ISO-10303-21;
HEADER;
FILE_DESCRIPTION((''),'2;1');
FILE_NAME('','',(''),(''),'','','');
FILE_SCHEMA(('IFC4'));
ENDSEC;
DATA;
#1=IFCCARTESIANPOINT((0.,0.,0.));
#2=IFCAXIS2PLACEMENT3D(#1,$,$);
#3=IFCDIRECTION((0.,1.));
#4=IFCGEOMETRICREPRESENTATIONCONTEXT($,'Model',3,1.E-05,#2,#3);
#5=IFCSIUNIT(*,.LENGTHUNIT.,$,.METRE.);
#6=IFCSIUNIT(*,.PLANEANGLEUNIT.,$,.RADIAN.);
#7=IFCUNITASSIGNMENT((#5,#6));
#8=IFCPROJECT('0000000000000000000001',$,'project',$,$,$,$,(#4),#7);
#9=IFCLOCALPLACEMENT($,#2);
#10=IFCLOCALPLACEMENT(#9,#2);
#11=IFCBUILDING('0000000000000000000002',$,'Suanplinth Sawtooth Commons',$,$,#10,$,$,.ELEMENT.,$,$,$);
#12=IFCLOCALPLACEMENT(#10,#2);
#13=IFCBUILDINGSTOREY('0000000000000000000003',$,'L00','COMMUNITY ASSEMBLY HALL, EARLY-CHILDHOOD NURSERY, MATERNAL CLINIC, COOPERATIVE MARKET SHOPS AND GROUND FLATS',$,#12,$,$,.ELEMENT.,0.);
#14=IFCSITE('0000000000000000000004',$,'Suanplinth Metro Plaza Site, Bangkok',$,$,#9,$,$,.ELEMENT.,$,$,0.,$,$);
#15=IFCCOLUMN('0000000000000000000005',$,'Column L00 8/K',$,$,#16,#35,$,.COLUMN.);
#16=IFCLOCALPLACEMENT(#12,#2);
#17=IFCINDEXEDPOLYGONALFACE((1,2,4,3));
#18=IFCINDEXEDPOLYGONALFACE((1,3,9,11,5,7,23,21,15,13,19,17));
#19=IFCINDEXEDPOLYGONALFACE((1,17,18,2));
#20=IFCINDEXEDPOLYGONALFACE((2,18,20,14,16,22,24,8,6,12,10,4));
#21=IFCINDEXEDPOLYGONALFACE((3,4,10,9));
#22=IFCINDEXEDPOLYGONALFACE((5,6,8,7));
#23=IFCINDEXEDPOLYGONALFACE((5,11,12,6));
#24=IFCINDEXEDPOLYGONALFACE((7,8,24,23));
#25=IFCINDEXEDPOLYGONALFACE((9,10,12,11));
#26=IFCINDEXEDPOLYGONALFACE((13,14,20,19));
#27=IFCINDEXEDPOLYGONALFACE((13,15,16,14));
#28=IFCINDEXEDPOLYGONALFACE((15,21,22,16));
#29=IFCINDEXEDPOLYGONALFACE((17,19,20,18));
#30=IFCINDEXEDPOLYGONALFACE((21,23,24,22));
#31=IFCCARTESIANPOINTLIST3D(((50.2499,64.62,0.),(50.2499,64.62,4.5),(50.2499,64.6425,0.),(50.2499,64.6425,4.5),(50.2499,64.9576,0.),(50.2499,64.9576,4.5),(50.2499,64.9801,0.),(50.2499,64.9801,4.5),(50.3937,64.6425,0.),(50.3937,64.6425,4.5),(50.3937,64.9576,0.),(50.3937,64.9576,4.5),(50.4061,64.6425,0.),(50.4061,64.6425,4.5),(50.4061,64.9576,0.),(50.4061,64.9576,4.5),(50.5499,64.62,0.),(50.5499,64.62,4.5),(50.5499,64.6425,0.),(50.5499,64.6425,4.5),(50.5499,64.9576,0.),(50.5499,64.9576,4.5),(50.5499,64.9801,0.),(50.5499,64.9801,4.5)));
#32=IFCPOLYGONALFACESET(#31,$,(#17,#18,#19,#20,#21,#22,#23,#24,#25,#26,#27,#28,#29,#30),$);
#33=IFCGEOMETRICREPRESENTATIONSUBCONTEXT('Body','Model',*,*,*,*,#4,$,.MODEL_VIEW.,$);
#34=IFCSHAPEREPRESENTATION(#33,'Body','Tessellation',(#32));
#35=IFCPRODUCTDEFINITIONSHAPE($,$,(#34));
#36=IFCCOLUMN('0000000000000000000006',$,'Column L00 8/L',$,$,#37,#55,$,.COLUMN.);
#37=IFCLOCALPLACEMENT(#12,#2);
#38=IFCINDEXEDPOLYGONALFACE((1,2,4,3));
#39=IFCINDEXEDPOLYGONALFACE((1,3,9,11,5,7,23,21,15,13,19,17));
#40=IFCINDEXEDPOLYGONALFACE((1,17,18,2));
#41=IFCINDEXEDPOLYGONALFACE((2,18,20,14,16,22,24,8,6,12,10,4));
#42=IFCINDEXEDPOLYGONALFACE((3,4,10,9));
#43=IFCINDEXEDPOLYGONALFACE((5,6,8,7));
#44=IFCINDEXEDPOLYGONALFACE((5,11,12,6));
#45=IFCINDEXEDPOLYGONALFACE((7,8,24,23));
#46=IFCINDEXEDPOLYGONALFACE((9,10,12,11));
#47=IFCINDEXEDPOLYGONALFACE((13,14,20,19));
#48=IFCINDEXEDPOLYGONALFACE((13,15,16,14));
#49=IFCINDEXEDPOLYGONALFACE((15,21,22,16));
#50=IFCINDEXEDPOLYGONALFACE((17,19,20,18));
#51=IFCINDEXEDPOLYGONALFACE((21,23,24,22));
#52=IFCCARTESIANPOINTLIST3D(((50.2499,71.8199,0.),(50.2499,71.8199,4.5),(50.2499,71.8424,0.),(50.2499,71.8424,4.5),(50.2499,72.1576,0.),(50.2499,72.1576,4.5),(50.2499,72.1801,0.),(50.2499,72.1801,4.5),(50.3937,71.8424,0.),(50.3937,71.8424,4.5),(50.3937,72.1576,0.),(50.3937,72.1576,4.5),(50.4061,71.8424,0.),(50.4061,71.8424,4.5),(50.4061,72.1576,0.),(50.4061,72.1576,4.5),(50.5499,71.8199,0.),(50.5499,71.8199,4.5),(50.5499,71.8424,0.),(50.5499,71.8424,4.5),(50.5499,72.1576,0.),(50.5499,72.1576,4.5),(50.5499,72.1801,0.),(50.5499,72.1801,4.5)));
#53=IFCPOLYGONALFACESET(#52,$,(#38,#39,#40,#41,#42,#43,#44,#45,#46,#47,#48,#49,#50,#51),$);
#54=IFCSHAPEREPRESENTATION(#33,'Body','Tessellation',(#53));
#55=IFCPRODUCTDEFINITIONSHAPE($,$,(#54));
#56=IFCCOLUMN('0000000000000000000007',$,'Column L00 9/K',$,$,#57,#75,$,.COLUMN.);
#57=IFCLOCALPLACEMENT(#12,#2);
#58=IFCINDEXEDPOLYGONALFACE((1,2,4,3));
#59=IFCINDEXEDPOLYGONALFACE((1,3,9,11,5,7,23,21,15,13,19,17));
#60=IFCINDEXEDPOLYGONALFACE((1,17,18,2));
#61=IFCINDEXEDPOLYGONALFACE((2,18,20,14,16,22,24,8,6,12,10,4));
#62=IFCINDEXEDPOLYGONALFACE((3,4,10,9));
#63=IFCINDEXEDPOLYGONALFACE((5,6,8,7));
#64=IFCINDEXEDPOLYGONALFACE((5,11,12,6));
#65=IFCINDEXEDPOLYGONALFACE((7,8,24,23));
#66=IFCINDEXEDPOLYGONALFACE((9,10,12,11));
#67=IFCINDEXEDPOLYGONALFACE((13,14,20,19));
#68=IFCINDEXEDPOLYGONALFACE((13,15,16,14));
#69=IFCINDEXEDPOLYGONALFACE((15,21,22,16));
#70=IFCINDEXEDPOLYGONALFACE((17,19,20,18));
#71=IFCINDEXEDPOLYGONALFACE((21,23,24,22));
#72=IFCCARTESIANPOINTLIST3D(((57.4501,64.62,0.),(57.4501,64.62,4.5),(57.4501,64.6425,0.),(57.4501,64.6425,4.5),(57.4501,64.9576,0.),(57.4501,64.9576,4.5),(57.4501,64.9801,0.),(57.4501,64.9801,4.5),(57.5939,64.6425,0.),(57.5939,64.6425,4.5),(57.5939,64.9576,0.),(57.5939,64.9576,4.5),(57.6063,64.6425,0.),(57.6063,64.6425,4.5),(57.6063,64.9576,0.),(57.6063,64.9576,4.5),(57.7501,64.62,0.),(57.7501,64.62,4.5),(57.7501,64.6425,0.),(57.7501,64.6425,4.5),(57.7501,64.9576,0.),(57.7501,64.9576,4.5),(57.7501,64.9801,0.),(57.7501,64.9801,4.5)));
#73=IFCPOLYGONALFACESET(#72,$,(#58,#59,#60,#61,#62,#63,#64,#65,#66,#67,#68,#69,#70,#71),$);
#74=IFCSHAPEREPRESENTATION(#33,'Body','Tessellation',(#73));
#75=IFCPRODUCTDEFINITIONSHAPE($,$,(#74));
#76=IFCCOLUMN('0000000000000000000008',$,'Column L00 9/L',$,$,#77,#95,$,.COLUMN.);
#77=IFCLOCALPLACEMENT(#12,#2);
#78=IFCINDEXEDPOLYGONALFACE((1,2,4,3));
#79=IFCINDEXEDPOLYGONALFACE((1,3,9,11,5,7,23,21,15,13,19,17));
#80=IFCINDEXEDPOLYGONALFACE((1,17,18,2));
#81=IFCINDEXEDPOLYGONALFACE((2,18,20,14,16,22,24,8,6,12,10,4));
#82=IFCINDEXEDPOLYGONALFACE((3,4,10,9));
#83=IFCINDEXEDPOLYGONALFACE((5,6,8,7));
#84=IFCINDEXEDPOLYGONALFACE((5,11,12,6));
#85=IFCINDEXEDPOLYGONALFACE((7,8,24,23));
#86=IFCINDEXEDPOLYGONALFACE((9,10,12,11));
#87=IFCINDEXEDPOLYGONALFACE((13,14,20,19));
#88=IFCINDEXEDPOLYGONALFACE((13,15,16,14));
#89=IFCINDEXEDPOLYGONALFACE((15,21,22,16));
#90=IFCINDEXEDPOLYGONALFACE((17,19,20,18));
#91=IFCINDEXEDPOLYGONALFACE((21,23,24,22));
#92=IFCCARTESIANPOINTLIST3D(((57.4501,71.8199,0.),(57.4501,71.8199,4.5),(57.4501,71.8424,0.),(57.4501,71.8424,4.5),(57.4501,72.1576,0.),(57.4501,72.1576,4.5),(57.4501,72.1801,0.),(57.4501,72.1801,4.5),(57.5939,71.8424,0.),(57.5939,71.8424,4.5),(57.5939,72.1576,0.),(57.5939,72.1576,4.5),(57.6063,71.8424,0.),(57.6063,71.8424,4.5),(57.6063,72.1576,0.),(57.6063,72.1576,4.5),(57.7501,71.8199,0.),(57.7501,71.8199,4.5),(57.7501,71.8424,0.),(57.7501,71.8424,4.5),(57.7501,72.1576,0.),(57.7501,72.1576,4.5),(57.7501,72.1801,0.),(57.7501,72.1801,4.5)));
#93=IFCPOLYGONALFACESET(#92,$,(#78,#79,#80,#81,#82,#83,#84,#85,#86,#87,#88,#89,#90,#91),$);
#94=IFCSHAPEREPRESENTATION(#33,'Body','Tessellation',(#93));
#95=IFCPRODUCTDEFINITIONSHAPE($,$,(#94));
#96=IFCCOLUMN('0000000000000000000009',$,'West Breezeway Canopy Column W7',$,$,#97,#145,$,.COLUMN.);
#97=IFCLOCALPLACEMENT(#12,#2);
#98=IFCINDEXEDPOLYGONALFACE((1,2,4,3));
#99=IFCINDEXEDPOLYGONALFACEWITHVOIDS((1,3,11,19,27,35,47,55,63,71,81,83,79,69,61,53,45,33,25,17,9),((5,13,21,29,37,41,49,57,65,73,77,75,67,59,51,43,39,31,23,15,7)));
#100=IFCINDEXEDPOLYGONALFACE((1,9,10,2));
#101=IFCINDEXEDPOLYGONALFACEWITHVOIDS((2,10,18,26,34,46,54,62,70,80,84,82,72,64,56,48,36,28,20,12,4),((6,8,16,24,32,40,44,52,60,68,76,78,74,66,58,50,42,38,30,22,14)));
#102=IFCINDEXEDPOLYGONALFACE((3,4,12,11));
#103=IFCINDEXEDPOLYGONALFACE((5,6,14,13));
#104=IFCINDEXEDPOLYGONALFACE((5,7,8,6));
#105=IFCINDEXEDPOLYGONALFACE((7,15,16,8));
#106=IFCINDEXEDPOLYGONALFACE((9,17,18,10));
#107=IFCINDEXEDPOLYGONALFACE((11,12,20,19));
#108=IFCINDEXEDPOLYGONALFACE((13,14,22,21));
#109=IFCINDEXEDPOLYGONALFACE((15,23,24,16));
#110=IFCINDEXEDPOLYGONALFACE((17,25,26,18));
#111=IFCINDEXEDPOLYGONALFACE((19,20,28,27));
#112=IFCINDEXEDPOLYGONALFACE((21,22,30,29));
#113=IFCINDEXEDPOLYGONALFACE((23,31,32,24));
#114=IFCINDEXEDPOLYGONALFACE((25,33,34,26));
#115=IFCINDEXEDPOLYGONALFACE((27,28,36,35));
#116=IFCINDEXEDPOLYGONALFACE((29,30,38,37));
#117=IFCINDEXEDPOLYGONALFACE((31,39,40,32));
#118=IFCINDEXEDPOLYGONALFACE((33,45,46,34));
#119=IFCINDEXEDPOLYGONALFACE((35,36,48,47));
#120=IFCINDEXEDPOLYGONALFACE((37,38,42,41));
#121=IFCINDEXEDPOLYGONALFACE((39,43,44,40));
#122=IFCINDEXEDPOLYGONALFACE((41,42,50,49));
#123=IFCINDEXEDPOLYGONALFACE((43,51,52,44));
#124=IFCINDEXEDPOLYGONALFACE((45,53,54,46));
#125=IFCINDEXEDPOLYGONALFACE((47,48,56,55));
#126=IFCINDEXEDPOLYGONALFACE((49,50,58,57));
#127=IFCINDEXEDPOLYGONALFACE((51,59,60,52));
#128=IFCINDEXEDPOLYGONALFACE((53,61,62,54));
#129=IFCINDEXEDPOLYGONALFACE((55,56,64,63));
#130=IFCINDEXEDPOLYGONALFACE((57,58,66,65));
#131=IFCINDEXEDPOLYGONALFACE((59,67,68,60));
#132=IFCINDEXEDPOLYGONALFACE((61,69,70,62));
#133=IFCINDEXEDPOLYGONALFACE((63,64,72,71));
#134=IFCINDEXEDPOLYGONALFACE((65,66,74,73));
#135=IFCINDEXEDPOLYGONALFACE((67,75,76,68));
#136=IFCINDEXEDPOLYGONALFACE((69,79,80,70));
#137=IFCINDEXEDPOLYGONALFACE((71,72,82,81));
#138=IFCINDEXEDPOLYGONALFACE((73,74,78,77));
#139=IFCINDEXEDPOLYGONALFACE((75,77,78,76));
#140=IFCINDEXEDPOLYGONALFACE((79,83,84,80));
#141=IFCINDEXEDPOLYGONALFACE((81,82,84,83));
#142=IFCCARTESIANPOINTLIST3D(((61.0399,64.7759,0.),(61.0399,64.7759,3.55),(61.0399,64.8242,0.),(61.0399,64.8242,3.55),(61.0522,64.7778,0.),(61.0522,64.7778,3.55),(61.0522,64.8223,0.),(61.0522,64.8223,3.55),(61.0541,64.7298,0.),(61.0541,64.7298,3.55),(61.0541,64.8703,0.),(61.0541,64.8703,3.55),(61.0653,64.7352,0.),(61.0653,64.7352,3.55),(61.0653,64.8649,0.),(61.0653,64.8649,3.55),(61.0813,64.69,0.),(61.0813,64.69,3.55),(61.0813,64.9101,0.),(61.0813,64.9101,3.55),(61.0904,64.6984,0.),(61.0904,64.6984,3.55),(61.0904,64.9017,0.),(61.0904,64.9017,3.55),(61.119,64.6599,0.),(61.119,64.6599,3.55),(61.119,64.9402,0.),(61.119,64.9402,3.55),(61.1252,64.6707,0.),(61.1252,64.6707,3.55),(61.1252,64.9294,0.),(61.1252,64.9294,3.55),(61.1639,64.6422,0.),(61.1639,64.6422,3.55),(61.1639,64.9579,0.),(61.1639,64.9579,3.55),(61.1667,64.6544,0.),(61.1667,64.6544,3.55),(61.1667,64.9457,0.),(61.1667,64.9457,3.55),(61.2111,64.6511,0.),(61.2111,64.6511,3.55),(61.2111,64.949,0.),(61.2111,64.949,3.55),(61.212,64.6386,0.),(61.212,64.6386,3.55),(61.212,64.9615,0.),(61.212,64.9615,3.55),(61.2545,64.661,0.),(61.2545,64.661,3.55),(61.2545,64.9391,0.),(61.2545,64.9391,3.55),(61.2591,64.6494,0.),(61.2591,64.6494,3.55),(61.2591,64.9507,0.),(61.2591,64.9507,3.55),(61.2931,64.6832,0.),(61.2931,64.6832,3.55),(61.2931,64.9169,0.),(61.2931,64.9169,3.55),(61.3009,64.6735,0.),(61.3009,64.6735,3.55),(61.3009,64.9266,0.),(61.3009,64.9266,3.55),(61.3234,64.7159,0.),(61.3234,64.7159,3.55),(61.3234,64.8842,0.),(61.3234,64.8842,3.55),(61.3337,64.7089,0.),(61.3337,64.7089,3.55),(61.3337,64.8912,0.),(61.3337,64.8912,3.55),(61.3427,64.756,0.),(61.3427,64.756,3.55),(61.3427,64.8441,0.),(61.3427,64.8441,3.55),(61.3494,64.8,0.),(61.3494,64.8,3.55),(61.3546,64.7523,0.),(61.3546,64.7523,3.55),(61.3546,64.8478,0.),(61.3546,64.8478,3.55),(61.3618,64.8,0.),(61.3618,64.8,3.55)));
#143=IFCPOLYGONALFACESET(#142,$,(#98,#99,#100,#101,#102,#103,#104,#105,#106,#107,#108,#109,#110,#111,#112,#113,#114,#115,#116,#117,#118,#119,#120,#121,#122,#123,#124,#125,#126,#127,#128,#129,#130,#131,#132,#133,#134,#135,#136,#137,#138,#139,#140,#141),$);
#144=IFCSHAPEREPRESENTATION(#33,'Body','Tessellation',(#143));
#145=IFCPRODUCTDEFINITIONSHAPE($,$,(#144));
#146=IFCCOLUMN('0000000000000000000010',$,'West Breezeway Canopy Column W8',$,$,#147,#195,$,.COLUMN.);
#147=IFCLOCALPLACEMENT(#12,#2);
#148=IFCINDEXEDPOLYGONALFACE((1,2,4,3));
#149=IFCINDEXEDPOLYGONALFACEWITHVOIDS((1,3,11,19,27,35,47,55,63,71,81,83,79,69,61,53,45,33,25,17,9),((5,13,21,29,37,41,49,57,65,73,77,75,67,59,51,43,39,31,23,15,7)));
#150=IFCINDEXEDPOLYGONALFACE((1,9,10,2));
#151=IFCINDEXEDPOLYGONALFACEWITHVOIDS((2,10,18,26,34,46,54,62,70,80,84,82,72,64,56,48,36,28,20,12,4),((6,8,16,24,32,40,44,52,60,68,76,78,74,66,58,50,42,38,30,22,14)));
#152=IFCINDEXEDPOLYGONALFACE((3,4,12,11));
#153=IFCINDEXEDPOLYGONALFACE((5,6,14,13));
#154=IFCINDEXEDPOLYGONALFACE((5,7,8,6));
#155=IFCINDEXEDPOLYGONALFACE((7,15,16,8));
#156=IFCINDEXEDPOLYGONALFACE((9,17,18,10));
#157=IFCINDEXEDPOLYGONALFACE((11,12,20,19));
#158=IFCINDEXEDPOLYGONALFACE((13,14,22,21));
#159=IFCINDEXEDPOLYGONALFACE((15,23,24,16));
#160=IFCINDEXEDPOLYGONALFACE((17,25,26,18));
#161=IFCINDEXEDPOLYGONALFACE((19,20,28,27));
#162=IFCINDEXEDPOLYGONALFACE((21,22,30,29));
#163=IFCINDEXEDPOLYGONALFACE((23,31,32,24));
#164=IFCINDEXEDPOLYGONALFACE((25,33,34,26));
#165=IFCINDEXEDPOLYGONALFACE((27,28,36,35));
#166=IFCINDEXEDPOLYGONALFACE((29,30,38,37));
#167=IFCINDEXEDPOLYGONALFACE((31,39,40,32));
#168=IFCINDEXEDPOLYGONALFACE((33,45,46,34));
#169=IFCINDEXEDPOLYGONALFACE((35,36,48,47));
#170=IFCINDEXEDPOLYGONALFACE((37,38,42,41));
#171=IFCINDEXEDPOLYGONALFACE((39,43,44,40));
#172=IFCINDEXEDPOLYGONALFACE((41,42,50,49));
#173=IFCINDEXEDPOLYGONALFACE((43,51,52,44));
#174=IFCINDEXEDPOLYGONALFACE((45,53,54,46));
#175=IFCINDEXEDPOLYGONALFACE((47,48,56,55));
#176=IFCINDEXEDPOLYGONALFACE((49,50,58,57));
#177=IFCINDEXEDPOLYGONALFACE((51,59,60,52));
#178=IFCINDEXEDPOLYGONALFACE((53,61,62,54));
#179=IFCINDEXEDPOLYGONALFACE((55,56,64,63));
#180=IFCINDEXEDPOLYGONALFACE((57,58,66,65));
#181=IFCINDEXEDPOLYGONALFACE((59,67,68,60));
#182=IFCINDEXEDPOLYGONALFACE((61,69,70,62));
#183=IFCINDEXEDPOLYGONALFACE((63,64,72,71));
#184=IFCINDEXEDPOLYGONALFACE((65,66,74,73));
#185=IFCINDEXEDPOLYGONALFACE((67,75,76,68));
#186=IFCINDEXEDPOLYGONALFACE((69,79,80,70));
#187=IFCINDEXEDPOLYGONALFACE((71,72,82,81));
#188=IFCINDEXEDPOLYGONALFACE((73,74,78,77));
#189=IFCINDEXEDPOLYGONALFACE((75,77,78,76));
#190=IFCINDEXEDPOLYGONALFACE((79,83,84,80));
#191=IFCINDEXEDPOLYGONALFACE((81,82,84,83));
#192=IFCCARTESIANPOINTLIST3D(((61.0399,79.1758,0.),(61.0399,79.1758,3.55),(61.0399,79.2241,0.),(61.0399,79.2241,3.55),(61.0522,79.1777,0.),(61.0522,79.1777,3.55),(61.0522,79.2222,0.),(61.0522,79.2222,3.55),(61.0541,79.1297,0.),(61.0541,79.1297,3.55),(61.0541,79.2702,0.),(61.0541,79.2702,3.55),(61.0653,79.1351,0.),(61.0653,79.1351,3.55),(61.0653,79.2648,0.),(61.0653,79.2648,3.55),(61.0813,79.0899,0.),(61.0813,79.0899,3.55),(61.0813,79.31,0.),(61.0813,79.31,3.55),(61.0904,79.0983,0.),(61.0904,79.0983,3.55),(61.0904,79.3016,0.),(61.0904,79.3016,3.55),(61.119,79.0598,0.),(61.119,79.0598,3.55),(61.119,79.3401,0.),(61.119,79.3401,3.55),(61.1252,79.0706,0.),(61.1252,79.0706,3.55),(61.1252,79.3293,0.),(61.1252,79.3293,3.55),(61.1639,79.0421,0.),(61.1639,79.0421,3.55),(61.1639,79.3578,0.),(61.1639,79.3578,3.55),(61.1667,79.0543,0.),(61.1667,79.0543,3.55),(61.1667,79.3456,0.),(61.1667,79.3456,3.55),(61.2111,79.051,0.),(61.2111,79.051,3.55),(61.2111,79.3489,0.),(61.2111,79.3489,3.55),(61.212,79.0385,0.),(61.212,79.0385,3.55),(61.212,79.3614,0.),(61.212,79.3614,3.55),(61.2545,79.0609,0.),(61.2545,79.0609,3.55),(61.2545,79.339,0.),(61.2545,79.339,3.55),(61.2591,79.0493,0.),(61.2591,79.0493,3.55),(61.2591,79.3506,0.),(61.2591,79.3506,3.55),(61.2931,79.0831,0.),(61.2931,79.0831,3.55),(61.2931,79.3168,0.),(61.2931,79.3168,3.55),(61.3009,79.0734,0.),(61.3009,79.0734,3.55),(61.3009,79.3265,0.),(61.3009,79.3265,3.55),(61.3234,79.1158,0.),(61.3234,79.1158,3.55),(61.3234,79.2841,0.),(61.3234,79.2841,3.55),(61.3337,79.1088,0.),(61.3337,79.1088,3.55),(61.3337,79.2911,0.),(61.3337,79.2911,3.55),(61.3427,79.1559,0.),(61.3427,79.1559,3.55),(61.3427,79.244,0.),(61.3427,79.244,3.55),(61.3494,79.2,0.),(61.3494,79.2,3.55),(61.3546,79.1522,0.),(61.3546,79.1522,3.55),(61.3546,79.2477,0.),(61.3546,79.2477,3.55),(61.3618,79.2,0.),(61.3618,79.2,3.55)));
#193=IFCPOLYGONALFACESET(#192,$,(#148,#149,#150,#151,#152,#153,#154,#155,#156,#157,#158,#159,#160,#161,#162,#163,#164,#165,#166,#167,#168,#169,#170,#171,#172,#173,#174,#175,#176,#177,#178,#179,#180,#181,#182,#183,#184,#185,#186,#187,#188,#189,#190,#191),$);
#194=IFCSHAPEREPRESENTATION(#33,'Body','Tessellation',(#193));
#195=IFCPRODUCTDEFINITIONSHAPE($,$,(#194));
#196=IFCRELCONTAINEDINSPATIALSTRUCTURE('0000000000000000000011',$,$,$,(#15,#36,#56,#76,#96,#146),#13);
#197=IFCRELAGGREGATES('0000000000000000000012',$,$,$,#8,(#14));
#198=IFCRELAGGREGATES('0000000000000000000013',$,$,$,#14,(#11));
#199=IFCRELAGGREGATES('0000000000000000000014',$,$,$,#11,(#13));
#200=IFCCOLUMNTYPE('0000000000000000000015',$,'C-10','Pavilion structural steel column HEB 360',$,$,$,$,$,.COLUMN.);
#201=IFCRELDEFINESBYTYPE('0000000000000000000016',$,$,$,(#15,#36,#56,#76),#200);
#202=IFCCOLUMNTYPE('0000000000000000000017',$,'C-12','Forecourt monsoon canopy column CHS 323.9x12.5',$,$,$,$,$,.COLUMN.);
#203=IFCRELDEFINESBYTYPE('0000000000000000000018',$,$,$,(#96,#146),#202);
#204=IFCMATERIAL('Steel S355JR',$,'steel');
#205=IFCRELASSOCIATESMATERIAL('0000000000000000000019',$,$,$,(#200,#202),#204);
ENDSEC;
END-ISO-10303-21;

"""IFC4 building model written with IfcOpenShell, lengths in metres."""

from ifc_helpers import new_model, si_unit, direction, frame, origin, origin_2d, place, context, subcontext, project, spatial, hollow_circle, i_section, extrude, material, material_profile, profile_set, type_object, element, save


model = new_model("IFC4")

# Units and contexts
model_context = context("Model", 3, precision=1e-05, world=origin(), true_north=direction((0.0, 1.0)))
body_context = subcontext(model_context, "Body", "Model", "MODEL_VIEW")
ifc_project = project(units=[si_unit("LENGTHUNIT", "METRE"), si_unit("PLANEANGLEUNIT", "RADIAN")], contexts=[model_context])

# Site, building, storey
site_placement = place(None, origin())
site = spatial("IfcSite", under=ifc_project, at=site_placement, Name="Suanplinth Metro Plaza Site, Bangkok", CompositionType="ELEMENT", RefElevation=0.0)
building_placement = place(site_placement, origin())
building = spatial("IfcBuilding", under=site, at=building_placement, Name="Suanplinth Sawtooth Commons", CompositionType="ELEMENT")
storey_placement = place(building_placement, origin())
storey = spatial("IfcBuildingStorey", under=building, at=storey_placement, Name="L00", Description="COMMUNITY ASSEMBLY HALL, EARLY-CHILDHOOD NURSERY, MATERNAL CLINIC, COOPERATIVE MARKET SHOPS AND GROUND FLATS", CompositionType="ELEMENT", Elevation=0.0)

# Columns
ifc_material_1 = material(Name="Steel S355JR", Category="steel")
ifc_material_profile_1 = material_profile(ifc_material_1, i_section(OverallWidth=0.3, OverallDepth=0.3601, WebThickness=0.0125, FlangeThickness=0.0225, at=origin_2d()), Name="HEB 360")
ifc_profile_set_1 = profile_set([ifc_material_profile_1], Name="Steel S355JR")
column_type_1 = type_object("IfcColumnType", Name="C-10", Description="Pavilion structural steel column HEB 360", PredefinedType="COLUMN", material=ifc_profile_set_1)
for number, where, z_axis, x_axis, name in (
    (1, (50.3999, 64.8, 0.0), (0.0, 0.0, 1.0), (1.0, 0.0, 0.0), "Column L00 8/K"),
    (2, (50.3999, 72.0, 0.0), (0.0, 0.0, 1.0), (1.0, 0.0, 0.0), "Column L00 8/L"),
    (3, (57.6001, 64.8, 0.0), (0.0, 0.0, 1.0), (1.0, 0.0, 0.0), "Column L00 9/K"),
    (4, (57.6001, 72.0, 0.0), (0.0, 0.0, 1.0), (1.0, 0.0, 0.0), "Column L00 9/L"),
):
    element("IfcColumn", number, at=place(storey_placement, frame(where, z_axis=z_axis, x_axis=x_axis)), inside=storey, type_object=column_type_1, Name=name, PredefinedType="COLUMN", context=body_context, shape_type="SweptSolid", body=[
        extrude(i_section(OverallWidth=0.3, OverallDepth=0.3601, WebThickness=0.0125, FlangeThickness=0.0225, at=origin_2d()), origin(), (0.0, 0.0, 1.0), 4.5),
    ])
ifc_material_profile_2 = material_profile(ifc_material_1, hollow_circle(Radius=0.1619, WallThickness=0.0125, at=origin_2d()), Name="CHS 323.9x12.5")
ifc_profile_set_2 = profile_set([ifc_material_profile_2], Name="Steel S355JR")
column_type_2 = type_object("IfcColumnType", Name="C-12", Description="Forecourt monsoon canopy column CHS 323.9x12.5", PredefinedType="COLUMN", material=ifc_profile_set_2)
for number, where, z_axis, x_axis, name in (
    (5, (61.2, 64.8, 0.0), (0.0, 0.0, 1.0), (1.0, 0.0, 0.0), "West Breezeway Canopy Column W7"),
    (6, (61.2, 79.2, 0.0), (0.0, 0.0, 1.0), (1.0, 0.0, 0.0), "West Breezeway Canopy Column W8"),
):
    element("IfcColumn", number, at=place(storey_placement, frame(where, z_axis=z_axis, x_axis=x_axis)), inside=storey, type_object=column_type_2, Name=name, PredefinedType="COLUMN", context=body_context, shape_type="SweptSolid", body=[
        extrude(hollow_circle(Radius=0.1619, WallThickness=0.0125, at=origin_2d()), origin(), (0.0, 0.0, 1.0), 3.55),
    ])

save(model, "model.ifc")
